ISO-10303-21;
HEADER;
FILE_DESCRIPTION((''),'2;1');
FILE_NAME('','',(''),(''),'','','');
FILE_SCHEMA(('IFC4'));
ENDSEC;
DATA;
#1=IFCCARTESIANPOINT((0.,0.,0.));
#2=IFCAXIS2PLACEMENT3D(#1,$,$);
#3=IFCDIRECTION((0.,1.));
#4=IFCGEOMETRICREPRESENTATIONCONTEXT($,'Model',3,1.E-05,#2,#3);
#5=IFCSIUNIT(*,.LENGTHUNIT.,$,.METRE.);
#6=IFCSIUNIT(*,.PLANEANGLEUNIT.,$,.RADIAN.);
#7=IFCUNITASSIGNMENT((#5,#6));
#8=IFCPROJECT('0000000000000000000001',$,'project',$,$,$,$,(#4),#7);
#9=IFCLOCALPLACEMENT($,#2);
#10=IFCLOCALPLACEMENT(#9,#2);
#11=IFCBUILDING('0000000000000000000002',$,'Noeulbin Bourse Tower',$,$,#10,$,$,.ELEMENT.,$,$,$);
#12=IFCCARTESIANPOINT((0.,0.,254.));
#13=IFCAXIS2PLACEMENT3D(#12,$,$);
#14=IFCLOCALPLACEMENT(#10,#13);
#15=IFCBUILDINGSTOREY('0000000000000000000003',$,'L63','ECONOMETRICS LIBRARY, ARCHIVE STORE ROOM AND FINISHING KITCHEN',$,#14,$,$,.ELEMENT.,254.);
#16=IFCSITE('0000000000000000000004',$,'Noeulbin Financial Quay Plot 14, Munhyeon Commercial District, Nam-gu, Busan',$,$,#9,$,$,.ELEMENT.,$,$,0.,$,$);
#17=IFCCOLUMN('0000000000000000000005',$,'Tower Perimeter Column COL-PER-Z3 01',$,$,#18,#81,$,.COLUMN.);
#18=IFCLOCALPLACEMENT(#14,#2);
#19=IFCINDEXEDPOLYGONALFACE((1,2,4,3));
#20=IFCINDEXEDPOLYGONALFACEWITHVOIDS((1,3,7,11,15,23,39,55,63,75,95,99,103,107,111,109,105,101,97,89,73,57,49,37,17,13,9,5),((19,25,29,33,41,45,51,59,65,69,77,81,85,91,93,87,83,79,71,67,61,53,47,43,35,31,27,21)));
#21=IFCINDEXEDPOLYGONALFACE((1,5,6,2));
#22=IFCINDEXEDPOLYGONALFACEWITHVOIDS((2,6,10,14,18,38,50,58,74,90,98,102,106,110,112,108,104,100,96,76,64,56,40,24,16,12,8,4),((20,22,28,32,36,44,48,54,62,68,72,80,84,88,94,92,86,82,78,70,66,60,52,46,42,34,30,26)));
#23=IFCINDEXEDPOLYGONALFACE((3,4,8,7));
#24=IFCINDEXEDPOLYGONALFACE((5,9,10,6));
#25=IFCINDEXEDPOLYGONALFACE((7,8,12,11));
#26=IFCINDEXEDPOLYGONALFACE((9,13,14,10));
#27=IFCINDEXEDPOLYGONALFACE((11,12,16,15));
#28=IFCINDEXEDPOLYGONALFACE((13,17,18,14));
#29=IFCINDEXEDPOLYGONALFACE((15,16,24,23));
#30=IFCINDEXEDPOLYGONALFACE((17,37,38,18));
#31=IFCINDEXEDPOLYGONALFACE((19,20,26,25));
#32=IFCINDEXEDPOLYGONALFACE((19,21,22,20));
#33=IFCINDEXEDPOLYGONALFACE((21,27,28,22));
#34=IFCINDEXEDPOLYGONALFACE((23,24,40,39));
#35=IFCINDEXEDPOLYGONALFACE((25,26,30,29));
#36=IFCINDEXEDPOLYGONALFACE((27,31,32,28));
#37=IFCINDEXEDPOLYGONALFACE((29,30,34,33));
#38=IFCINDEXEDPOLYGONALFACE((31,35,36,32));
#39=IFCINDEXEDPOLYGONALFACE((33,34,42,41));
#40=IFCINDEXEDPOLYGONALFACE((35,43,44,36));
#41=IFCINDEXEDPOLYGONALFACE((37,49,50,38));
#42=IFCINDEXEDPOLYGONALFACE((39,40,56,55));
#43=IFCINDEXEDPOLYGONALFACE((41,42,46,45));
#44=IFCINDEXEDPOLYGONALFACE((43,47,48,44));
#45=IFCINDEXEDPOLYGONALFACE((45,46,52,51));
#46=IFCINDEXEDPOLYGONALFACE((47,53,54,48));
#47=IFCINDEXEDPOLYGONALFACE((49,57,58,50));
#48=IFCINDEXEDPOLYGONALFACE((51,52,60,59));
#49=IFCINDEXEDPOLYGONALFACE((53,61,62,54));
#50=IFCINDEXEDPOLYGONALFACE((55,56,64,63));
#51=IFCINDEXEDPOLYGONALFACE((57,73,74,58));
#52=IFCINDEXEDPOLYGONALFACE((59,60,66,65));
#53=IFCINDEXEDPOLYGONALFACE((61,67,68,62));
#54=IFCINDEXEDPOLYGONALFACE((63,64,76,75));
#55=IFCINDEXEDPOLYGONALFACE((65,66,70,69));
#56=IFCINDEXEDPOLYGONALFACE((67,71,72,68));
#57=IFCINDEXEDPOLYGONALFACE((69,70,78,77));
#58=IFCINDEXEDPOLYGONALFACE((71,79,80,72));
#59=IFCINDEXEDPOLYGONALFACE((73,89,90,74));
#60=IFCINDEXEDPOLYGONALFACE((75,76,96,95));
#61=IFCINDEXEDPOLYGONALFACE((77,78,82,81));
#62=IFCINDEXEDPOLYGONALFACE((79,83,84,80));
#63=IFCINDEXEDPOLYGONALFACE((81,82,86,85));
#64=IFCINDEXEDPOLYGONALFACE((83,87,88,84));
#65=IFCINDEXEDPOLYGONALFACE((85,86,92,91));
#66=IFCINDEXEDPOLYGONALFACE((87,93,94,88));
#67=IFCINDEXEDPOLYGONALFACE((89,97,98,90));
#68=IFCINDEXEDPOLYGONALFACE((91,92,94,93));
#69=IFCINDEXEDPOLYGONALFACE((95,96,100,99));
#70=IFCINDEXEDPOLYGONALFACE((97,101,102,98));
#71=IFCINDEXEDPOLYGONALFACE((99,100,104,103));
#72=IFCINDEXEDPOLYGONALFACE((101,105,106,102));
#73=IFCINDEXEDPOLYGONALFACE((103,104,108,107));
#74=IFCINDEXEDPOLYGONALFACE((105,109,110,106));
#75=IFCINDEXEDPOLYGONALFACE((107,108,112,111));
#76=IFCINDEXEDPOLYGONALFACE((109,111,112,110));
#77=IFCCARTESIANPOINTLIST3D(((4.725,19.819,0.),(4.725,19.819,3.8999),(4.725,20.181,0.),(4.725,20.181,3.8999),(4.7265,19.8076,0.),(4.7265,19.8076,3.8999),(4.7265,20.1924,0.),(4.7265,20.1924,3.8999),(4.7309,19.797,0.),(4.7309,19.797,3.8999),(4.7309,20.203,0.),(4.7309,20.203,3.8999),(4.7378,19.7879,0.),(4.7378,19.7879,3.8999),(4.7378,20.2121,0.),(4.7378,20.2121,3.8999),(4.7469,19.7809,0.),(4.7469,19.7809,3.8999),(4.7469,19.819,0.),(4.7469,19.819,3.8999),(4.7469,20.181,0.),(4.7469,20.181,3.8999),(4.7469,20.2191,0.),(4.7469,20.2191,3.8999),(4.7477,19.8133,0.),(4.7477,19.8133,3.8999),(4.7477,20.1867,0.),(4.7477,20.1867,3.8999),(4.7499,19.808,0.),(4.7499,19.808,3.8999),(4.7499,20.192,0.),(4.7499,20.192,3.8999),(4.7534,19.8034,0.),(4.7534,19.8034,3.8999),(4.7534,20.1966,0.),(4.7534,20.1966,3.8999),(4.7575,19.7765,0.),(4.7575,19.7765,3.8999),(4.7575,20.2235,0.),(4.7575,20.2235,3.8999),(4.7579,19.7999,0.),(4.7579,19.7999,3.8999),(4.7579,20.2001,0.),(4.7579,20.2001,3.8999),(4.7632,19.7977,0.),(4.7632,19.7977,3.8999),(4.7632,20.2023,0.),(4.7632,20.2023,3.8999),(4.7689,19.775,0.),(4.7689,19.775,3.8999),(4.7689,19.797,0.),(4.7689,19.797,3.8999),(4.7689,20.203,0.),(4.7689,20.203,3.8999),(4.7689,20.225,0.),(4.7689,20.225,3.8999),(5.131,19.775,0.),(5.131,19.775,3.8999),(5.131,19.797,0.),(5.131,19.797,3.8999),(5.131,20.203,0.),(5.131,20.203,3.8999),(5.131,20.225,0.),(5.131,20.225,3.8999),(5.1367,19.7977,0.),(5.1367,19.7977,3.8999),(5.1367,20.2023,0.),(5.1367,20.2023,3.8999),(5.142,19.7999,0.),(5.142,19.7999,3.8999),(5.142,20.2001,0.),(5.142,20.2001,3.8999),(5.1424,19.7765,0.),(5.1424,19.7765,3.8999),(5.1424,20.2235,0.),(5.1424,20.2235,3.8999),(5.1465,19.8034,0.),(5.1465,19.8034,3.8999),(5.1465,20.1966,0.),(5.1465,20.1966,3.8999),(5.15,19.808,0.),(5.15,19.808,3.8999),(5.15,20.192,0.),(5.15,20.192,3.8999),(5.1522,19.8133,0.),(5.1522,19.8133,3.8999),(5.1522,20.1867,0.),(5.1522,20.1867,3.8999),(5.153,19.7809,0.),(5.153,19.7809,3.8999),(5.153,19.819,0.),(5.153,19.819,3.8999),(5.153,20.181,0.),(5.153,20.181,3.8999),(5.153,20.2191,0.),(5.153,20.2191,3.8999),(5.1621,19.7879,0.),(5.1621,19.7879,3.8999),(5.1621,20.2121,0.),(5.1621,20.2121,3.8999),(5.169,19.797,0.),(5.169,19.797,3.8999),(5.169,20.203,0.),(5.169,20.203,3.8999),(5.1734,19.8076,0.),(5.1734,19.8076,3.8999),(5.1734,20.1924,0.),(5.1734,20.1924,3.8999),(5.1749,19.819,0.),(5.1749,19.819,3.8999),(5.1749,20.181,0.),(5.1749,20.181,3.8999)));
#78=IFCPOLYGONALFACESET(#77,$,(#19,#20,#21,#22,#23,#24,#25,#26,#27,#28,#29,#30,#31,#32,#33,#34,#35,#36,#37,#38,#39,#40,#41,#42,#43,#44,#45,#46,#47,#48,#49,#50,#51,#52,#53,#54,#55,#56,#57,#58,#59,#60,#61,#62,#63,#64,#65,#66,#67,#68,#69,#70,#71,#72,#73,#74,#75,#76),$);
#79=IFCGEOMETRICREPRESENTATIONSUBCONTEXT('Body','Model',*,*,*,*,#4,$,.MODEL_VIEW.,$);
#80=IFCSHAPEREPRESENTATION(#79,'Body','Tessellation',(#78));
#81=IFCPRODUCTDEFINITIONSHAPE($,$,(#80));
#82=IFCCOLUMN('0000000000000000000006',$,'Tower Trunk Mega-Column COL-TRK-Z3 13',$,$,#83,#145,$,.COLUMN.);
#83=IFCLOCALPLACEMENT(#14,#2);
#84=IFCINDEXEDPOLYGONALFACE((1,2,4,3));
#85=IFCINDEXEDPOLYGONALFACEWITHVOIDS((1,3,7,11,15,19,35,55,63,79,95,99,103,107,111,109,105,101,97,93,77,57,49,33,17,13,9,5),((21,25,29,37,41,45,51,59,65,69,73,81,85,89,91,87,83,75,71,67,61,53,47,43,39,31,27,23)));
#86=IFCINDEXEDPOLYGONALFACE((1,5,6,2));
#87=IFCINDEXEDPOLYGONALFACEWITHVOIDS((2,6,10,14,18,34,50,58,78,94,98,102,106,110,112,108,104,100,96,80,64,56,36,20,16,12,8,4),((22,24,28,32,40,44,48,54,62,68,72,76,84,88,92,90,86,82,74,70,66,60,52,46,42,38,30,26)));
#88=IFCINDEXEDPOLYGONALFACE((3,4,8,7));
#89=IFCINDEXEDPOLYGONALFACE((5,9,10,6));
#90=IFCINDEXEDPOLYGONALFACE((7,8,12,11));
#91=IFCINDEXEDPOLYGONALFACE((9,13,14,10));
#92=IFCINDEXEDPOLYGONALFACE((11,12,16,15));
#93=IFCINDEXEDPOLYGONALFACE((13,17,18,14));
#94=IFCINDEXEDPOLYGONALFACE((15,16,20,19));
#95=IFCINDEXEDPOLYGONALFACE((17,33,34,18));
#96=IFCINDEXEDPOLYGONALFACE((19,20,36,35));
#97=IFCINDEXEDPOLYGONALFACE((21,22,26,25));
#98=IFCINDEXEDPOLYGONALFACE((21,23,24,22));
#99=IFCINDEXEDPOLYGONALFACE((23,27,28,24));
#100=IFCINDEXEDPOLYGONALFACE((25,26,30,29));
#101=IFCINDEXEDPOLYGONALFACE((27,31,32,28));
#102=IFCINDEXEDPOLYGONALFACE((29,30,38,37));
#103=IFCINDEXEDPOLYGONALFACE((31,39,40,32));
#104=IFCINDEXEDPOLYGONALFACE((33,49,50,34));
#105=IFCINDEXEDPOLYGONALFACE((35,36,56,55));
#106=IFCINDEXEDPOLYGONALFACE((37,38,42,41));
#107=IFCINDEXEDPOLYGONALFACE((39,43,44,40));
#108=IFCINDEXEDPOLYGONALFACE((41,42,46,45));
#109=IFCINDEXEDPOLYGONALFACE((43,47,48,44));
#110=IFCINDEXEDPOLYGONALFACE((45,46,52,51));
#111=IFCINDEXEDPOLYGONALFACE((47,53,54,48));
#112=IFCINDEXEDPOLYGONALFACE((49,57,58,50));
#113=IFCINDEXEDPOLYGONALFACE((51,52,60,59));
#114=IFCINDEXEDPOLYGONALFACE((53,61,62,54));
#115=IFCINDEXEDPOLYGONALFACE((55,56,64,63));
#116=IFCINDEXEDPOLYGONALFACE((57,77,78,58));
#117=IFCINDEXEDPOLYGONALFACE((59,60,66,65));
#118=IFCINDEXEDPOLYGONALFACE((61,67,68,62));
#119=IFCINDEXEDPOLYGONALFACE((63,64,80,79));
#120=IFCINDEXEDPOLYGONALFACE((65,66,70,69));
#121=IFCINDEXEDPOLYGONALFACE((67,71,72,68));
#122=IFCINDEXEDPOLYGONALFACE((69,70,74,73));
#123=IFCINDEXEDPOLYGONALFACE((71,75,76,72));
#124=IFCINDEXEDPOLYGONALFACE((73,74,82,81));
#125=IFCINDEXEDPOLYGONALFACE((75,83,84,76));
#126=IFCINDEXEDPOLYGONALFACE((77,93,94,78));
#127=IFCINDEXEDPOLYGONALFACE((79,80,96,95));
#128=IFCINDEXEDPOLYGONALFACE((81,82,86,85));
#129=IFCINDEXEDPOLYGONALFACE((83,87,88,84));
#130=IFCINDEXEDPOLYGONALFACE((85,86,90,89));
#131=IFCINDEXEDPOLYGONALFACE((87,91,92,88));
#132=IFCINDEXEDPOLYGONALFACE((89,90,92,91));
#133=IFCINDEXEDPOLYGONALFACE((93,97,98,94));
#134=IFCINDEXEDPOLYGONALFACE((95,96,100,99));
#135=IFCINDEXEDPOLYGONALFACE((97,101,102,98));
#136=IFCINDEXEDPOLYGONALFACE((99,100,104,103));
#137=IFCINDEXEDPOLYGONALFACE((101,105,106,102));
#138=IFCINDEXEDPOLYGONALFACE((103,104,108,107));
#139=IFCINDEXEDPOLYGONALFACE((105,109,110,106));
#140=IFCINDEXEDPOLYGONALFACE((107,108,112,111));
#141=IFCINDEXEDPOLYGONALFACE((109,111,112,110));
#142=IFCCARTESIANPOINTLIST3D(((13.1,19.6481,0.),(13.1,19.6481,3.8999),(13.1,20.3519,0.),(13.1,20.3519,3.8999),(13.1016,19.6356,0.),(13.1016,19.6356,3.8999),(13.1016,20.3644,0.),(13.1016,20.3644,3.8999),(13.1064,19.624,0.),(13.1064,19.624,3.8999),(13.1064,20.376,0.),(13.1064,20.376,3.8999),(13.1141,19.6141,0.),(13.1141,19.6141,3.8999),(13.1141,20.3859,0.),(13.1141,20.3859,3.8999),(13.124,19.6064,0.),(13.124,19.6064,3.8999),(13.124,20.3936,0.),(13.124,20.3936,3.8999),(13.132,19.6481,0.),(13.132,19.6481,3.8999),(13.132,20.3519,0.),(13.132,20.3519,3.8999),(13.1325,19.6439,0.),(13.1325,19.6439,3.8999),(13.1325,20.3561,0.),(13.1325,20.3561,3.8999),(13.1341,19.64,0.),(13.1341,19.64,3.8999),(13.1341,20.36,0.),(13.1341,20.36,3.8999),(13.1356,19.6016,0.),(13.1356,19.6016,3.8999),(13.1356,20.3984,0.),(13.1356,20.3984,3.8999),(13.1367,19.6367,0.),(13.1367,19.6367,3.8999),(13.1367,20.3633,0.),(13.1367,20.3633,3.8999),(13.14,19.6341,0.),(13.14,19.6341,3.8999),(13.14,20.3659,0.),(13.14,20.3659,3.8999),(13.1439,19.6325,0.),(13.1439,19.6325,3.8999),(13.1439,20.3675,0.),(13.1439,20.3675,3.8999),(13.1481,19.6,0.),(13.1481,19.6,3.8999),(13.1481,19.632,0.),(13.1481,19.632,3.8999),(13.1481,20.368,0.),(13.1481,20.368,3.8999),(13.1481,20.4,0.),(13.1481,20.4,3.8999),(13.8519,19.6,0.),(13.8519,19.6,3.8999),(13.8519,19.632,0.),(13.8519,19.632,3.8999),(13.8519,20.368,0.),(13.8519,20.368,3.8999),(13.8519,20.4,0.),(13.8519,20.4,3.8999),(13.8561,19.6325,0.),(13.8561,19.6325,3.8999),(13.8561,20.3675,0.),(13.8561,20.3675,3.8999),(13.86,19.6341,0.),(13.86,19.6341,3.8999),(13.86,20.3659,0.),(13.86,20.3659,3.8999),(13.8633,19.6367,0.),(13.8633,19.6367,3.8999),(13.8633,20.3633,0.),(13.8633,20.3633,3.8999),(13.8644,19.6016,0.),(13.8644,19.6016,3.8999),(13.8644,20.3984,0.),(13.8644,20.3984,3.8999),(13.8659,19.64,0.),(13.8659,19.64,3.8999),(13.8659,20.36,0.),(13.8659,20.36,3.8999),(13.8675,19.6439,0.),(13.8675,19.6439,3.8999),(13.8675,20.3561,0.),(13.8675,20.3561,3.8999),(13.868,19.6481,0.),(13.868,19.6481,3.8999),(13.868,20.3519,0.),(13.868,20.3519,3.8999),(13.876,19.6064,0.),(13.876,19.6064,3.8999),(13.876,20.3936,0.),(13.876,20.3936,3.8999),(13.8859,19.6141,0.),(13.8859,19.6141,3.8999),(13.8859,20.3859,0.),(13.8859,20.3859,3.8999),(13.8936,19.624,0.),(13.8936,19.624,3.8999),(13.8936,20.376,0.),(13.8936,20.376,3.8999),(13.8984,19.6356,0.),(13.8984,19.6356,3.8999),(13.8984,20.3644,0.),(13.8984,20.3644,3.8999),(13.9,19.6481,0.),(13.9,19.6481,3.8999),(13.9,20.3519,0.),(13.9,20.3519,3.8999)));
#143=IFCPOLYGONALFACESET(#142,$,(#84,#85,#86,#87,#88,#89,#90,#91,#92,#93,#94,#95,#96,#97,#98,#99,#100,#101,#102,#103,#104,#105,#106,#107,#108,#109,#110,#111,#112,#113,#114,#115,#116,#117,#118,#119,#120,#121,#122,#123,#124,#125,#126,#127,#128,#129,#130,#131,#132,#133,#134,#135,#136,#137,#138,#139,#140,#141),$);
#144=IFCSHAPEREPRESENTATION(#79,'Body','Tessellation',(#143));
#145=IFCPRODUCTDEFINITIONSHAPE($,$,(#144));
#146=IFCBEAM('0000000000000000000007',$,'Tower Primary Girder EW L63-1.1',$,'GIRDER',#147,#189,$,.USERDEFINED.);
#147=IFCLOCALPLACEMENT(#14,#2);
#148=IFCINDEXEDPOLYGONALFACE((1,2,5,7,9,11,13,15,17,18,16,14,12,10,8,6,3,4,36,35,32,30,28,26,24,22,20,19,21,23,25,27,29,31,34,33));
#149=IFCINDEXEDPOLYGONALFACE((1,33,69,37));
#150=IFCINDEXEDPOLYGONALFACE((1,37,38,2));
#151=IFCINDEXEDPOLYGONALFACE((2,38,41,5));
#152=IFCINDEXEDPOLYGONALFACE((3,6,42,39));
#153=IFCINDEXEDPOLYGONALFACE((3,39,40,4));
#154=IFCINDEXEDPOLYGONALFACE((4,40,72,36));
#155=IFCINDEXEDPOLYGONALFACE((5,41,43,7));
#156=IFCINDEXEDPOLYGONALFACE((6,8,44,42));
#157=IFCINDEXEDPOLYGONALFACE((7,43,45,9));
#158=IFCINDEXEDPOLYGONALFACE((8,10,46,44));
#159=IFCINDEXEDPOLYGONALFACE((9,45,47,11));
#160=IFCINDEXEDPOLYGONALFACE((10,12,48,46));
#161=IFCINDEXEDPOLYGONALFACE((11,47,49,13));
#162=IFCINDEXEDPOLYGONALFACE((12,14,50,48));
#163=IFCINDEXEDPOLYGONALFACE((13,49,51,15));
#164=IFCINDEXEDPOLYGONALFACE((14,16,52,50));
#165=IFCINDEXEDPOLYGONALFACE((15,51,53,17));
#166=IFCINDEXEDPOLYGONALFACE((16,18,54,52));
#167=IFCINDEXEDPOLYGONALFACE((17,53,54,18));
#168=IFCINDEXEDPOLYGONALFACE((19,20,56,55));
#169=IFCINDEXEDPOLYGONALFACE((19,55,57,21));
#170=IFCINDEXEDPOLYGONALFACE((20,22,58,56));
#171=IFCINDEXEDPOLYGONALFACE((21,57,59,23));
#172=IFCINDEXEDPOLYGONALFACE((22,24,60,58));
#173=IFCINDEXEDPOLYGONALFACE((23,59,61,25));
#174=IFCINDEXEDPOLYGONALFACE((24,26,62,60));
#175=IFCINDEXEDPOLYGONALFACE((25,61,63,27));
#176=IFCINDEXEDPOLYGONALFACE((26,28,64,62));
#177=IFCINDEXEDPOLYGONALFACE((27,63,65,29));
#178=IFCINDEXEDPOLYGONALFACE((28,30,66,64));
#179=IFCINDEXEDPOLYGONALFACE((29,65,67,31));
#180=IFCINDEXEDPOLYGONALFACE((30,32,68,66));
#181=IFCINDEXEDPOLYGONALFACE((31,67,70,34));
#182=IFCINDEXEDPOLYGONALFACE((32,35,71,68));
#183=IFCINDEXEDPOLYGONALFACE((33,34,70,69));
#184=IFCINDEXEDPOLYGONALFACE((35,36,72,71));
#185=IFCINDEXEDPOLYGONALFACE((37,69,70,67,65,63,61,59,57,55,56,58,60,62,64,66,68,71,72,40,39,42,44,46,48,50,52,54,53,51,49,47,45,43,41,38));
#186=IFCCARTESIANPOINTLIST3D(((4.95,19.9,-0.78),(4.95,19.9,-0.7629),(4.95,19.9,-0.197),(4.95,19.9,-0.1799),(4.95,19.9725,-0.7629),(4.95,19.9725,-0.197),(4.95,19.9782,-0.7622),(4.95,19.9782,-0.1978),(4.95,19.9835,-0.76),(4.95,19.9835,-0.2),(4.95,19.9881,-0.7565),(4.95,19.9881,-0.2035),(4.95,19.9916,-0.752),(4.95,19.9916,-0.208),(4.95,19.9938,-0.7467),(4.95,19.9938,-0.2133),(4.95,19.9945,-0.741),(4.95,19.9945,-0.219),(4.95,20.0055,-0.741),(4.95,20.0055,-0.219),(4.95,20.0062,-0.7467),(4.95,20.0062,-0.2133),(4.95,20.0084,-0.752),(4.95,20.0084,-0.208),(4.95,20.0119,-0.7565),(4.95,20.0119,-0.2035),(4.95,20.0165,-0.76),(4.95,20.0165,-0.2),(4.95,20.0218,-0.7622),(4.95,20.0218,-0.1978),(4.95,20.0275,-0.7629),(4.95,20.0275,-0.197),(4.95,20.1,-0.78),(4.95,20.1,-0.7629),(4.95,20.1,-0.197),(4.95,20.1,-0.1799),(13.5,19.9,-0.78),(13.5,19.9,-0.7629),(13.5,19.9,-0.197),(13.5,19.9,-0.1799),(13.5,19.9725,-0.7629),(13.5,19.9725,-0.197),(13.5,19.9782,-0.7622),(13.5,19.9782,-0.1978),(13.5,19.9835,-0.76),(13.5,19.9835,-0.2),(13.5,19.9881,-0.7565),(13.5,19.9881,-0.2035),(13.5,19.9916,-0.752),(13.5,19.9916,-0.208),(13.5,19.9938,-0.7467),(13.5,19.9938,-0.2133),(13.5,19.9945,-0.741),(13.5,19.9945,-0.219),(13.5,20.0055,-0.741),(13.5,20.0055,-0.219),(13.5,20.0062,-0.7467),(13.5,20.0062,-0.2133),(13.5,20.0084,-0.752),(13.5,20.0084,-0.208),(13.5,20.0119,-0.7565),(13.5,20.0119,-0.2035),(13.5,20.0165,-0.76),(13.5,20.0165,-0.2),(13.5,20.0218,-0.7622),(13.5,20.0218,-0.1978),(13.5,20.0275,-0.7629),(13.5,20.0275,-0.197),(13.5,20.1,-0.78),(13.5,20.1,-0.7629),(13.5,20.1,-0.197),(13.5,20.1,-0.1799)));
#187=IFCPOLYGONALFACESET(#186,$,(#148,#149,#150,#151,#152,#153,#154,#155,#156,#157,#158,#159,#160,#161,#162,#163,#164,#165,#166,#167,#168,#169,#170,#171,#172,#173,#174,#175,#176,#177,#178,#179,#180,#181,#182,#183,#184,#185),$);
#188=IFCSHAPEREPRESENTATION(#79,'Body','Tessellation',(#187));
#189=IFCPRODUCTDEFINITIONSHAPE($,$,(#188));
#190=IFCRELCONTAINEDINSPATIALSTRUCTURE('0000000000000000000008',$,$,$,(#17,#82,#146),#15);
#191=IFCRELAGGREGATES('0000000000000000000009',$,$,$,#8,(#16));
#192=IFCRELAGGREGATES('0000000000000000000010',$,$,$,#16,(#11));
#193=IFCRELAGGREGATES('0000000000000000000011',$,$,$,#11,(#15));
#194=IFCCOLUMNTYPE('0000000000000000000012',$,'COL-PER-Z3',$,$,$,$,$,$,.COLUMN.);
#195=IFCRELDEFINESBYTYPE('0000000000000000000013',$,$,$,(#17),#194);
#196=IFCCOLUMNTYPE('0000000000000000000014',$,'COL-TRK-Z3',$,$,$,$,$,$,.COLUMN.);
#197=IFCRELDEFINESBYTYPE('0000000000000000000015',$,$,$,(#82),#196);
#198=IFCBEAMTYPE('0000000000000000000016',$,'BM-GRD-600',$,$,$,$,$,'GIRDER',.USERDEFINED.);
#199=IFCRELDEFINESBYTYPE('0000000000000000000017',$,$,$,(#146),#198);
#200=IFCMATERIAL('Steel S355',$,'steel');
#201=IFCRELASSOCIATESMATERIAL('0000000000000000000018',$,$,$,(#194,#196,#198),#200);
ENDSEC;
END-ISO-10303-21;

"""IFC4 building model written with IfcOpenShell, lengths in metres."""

from ifc_helpers import new_model, si_unit, direction, frame, origin, origin_2d, place, context, subcontext, project, spatial, hollow_rectangle, i_section, extrude, material, material_profile, profile_set, type_object, element, save


model = new_model("IFC4")

# Units and contexts
model_context = context("Model", 3, precision=1e-05, world=origin(), true_north=direction((0.0, 1.0)))
body_context = subcontext(model_context, "Body", "Model", "MODEL_VIEW")
ifc_project = project(units=[si_unit("LENGTHUNIT", "METRE"), si_unit("PLANEANGLEUNIT", "RADIAN")], contexts=[model_context])

# Site, building, storey
site_placement = place(None, origin())
site = spatial("IfcSite", under=ifc_project, at=site_placement, Name="Noeulbin Financial Quay Plot 14, Munhyeon Commercial District, Nam-gu, Busan", CompositionType="ELEMENT", RefElevation=0.0)
building_placement = place(site_placement, origin())
building = spatial("IfcBuilding", under=site, at=building_placement, Name="Noeulbin Bourse Tower", CompositionType="ELEMENT")
storey_placement = place(building_placement, frame((0.0, 0.0, 254.0)))
storey = spatial("IfcBuildingStorey", under=building, at=storey_placement, Name="L63", Description="ECONOMETRICS LIBRARY, ARCHIVE STORE ROOM AND FINISHING KITCHEN", CompositionType="ELEMENT", Elevation=254.0)

# Columns
ifc_material_1 = material(Name="Steel S355", Category="steel")
ifc_material_profile_1 = material_profile(ifc_material_1, hollow_rectangle(XDim=0.45, YDim=0.45, WallThickness=0.022, InnerFilletRadius=0.022, OuterFilletRadius=0.0439, at=origin_2d()), Name="SHS-450x450x22", Category="LoadBearing")
ifc_profile_set_1 = profile_set([ifc_material_profile_1], Name="Steel S355")
column_type_1 = type_object("IfcColumnType", Name="COL-PER-Z3", PredefinedType="COLUMN", material=ifc_profile_set_1)
column_1_placement = place(storey_placement, frame((4.95, 20.0, 0.0), z_axis=(0.0, 0.0, 1.0), x_axis=(1.0, 0.0, 0.0)))
element("IfcColumn", 1, at=column_1_placement, inside=storey, type_object=column_type_1, Name="Tower Perimeter Column COL-PER-Z3 01", PredefinedType="COLUMN", context=body_context, shape_type="SweptSolid", body=[
    extrude(hollow_rectangle(XDim=0.45, YDim=0.45, WallThickness=0.022, InnerFilletRadius=0.022, OuterFilletRadius=0.0439, at=origin_2d()), origin(), (0.0, 0.0, 1.0), 3.8999),
])
ifc_material_profile_2 = material_profile(ifc_material_1, hollow_rectangle(XDim=0.8, YDim=0.8, WallThickness=0.032, InnerFilletRadius=0.0161, OuterFilletRadius=0.0481, at=origin_2d()), Name="BOX-800x800x32", Category="LoadBearing")
ifc_profile_set_2 = profile_set([ifc_material_profile_2], Name="Steel S355")
column_type_2 = type_object("IfcColumnType", Name="COL-TRK-Z3", PredefinedType="COLUMN", material=ifc_profile_set_2)
column_2_placement = place(storey_placement, frame((13.5, 20.0, 0.0), z_axis=(0.0, 0.0, 1.0), x_axis=(1.0, 0.0, 0.0)))
element("IfcColumn", 2, at=column_2_placement, inside=storey, type_object=column_type_2, Name="Tower Trunk Mega-Column COL-TRK-Z3 13", PredefinedType="COLUMN", context=body_context, shape_type="SweptSolid", body=[
    extrude(hollow_rectangle(XDim=0.8, YDim=0.8, WallThickness=0.032, InnerFilletRadius=0.0161, OuterFilletRadius=0.0481, at=origin_2d()), origin(), (0.0, 0.0, 1.0), 3.8999),
])

# Beam
ifc_material_profile_3 = material_profile(ifc_material_1, i_section(OverallWidth=0.2, OverallDepth=0.6001, WebThickness=0.011, FlangeThickness=0.0171, FilletRadius=0.022, at=origin_2d()), Name="H-600x200x11x17", Category="LoadBearing")
ifc_profile_set_3 = profile_set([ifc_material_profile_3], Name="Steel S355")
beam_type_1 = type_object("IfcBeamType", Name="BM-GRD-600", ElementType="GIRDER", PredefinedType="USERDEFINED", material=ifc_profile_set_3)
beam_1_placement = place(storey_placement, frame((4.95, 20.0, -0.48), z_axis=(1.0, 0.0, 0.0), x_axis=(0.0, 1.0, 0.0)))
element("IfcBeam", 3, at=beam_1_placement, inside=storey, type_object=beam_type_1, Name="Tower Primary Girder EW L63-1.1", ObjectType="GIRDER", PredefinedType="USERDEFINED", context=body_context, shape_type="SweptSolid", body=[
    extrude(i_section(OverallWidth=0.2, OverallDepth=0.6001, WebThickness=0.011, FlangeThickness=0.0171, FilletRadius=0.022, at=origin_2d()), origin(), (0.0, 0.0, 1.0), 8.55),
])

save(model, "model.ifc")
